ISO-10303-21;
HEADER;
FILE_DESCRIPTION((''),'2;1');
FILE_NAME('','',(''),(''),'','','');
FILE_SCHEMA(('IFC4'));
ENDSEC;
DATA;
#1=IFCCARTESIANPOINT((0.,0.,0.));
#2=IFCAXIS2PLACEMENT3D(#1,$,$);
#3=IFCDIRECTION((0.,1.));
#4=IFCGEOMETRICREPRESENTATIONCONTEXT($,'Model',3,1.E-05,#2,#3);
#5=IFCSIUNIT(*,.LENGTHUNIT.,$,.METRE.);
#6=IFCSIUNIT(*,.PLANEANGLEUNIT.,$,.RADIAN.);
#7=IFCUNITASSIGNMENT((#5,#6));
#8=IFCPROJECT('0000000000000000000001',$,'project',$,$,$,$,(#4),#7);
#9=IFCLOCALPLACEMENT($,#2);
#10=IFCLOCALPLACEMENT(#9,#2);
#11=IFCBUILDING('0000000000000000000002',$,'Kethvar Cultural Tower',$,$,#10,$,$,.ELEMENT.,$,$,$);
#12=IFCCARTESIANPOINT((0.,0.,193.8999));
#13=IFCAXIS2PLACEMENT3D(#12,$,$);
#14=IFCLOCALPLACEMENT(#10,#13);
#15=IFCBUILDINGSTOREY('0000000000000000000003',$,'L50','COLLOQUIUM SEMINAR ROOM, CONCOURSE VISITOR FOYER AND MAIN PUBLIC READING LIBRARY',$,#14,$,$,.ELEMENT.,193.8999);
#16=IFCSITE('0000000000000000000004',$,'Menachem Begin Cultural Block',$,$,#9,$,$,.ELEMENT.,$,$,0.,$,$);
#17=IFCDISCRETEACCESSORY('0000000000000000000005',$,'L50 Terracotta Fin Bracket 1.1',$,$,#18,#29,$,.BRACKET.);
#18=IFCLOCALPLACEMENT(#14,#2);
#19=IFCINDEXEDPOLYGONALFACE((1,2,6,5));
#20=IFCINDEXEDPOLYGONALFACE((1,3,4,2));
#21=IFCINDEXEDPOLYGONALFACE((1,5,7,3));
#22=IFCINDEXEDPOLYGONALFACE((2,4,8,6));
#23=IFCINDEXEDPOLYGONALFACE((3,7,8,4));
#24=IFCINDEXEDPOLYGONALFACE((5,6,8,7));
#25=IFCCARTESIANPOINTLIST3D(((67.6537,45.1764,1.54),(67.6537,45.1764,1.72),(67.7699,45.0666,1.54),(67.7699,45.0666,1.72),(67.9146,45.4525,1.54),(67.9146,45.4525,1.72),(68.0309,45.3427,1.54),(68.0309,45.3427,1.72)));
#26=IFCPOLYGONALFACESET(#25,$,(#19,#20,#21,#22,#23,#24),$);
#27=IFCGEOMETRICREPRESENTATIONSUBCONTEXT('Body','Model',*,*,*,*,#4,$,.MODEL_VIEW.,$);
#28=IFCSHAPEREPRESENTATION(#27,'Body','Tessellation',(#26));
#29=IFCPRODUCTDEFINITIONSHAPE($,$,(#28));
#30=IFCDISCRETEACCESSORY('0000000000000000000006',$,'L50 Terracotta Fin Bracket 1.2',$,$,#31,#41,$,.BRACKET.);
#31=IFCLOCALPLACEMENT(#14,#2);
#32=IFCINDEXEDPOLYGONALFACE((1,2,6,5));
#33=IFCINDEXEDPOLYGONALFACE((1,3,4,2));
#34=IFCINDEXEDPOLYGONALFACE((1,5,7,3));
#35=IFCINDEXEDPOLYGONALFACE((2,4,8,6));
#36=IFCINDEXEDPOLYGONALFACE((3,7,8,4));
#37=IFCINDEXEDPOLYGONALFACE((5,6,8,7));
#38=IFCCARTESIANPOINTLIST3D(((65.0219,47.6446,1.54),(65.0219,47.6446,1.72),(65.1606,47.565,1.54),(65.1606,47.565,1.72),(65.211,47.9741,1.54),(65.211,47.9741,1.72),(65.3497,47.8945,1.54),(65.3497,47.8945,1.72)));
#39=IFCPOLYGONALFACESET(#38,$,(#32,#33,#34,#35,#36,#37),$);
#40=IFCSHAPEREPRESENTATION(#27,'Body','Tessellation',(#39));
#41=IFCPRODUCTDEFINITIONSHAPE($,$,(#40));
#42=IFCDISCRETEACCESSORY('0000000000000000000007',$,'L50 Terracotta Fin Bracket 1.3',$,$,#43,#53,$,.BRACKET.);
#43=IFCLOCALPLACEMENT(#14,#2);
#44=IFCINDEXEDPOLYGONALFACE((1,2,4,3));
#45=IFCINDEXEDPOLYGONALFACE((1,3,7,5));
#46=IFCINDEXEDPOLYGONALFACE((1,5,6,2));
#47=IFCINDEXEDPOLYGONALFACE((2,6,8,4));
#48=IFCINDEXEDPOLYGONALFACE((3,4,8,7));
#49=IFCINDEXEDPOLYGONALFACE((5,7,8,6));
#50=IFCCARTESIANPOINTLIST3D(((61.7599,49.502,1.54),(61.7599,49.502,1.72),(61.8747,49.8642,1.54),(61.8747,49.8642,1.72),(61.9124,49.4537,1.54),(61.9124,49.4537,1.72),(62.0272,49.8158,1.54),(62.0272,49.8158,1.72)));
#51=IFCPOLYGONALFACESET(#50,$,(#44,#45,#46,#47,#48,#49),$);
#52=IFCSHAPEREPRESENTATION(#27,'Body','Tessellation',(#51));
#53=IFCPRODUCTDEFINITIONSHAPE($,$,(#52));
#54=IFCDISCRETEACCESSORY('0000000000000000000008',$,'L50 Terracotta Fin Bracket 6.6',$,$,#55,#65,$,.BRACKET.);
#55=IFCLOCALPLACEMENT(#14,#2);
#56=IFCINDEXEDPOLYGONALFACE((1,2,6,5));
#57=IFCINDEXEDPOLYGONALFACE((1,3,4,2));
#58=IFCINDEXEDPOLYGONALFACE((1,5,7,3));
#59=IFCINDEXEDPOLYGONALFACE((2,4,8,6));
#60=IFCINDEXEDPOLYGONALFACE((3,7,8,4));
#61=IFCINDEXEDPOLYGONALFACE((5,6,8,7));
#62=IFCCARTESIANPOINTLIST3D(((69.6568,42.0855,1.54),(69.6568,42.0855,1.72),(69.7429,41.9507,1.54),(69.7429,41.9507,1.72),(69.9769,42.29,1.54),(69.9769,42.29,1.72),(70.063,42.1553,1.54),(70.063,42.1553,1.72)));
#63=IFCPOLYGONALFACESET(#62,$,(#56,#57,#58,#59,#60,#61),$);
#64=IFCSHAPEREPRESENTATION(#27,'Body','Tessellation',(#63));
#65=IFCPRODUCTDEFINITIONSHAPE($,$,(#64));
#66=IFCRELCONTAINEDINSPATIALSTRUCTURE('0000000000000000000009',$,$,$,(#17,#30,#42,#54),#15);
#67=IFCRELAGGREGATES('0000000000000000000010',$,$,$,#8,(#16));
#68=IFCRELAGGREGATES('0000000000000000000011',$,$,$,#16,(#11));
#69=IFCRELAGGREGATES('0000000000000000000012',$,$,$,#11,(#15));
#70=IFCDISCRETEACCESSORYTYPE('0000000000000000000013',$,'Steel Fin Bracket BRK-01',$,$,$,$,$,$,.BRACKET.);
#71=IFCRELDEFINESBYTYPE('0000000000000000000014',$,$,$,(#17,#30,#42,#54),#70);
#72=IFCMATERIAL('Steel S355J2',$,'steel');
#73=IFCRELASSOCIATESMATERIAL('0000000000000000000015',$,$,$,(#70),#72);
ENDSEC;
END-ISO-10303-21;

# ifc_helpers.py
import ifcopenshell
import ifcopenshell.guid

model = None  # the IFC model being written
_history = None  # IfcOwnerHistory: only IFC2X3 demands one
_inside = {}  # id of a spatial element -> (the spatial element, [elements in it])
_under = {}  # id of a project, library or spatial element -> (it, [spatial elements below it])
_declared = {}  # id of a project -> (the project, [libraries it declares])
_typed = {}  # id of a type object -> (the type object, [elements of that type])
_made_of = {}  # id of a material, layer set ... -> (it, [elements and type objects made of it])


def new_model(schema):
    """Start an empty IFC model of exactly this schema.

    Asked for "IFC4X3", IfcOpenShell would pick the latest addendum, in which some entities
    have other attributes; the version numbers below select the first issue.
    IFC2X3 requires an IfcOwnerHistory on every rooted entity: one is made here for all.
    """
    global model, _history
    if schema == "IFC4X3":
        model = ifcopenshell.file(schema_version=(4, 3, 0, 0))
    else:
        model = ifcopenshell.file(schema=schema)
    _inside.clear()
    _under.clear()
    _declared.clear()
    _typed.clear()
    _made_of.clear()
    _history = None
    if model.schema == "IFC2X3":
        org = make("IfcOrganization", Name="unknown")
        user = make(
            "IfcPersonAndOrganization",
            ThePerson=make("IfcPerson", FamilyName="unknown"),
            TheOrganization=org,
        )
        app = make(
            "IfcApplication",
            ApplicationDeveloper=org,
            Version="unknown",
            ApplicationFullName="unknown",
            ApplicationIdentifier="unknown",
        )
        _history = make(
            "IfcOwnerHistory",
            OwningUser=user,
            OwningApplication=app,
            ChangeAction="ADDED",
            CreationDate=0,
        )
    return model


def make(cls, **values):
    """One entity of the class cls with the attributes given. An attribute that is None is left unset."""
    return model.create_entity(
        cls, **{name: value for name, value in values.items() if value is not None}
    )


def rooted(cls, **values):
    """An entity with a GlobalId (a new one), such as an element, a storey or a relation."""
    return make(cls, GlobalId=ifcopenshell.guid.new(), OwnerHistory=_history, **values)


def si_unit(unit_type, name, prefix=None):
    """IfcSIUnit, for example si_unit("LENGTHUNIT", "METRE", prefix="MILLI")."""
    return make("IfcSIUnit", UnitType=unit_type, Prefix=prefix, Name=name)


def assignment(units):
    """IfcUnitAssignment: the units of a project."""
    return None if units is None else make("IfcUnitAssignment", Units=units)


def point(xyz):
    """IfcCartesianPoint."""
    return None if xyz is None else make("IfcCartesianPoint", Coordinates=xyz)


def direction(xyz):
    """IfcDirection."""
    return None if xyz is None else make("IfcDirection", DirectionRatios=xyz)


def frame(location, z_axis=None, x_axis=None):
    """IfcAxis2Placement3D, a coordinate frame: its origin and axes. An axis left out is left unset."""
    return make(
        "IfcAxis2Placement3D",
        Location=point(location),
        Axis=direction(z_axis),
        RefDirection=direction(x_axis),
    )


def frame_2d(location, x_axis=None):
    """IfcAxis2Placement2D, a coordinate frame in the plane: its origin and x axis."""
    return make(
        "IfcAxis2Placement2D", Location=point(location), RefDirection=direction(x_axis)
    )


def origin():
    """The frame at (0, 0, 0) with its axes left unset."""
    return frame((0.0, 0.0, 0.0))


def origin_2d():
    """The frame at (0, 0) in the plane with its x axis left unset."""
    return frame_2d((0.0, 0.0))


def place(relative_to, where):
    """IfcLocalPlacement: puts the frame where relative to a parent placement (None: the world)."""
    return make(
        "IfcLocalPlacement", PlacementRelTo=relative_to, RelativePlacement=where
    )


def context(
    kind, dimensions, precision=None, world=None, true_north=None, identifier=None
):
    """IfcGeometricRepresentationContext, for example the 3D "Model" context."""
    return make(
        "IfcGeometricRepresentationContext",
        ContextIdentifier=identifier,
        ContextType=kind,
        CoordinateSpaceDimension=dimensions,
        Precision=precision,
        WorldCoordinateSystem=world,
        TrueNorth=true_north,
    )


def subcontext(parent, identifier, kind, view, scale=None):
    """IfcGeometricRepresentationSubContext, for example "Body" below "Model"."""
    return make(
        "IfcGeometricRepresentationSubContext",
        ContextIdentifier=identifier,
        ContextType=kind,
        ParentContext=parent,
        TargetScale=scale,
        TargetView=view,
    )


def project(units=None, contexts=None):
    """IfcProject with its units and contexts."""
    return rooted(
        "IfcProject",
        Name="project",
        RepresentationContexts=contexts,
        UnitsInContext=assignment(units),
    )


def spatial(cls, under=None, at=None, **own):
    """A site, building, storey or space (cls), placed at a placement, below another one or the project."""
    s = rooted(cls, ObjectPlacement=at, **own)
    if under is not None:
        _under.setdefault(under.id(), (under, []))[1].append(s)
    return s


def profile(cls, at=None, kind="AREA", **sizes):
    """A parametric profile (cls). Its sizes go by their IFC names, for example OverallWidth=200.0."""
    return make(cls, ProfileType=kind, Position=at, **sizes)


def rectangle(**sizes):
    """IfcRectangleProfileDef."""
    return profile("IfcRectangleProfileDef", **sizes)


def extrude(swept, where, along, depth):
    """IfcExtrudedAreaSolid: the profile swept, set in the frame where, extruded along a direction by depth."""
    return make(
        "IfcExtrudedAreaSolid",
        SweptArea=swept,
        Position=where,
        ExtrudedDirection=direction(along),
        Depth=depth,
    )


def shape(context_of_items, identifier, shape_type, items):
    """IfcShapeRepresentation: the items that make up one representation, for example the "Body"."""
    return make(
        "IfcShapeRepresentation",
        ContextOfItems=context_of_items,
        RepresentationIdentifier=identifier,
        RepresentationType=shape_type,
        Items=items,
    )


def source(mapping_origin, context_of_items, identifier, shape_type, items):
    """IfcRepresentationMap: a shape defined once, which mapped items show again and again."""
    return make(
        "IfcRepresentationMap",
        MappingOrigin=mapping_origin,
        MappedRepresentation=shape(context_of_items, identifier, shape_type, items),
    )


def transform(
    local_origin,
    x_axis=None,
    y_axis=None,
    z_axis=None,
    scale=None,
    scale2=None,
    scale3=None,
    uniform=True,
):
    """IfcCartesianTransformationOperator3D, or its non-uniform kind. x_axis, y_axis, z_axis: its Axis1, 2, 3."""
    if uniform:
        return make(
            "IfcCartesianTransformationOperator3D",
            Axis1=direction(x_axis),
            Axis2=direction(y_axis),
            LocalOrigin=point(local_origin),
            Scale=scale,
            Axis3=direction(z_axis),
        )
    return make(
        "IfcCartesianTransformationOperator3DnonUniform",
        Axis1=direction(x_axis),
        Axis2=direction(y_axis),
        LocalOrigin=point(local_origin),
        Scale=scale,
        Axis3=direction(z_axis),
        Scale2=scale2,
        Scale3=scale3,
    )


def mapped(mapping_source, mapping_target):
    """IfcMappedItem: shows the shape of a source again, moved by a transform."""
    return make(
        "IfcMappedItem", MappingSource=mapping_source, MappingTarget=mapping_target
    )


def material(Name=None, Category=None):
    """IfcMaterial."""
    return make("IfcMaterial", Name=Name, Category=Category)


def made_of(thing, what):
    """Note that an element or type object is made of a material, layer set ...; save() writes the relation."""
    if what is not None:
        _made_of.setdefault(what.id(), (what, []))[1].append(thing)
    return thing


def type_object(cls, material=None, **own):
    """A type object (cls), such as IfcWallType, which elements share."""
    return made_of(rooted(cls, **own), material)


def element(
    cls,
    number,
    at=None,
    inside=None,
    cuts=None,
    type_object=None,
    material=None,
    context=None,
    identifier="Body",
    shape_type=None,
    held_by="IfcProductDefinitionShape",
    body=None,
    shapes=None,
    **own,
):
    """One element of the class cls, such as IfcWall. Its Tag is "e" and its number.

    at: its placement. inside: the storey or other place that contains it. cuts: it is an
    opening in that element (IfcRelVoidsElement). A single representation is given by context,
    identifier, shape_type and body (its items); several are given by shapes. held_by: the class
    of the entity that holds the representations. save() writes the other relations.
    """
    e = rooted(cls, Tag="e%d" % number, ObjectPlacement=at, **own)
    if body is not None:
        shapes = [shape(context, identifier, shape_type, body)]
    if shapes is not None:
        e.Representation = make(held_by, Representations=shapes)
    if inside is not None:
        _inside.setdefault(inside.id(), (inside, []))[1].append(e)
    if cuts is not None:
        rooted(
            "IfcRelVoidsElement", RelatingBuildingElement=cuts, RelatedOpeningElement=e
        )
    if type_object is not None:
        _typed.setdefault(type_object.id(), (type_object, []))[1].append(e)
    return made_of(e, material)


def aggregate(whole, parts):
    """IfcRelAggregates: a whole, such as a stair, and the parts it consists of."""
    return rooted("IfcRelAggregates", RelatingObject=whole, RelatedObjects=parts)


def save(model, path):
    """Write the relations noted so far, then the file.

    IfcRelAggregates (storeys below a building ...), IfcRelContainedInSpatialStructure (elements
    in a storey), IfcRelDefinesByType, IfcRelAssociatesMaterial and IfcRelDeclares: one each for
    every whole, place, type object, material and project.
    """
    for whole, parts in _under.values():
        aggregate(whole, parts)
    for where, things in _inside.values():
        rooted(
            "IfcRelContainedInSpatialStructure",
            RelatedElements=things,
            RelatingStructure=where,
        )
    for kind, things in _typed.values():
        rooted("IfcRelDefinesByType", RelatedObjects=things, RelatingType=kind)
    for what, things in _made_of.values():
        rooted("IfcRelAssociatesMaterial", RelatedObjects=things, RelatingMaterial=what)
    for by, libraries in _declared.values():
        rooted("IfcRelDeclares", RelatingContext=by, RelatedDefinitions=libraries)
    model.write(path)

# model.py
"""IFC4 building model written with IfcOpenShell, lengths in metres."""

from ifc_helpers import new_model, si_unit, direction, frame, origin, origin_2d, place, context, subcontext, project, spatial, rectangle, extrude, source, transform, mapped, material, type_object, element, save


model = new_model("IFC4")

# Units and contexts
model_context = context("Model", 3, precision=1e-05, world=origin(), true_north=direction((0.0, 1.0)))
body_context = subcontext(model_context, "Body", "Model", "MODEL_VIEW")
ifc_project = project(units=[si_unit("LENGTHUNIT", "METRE"), si_unit("PLANEANGLEUNIT", "RADIAN")], contexts=[model_context])

# Site, building, storey
site_placement = place(None, origin())
site = spatial("IfcSite", under=ifc_project, at=site_placement, Name="Menachem Begin Cultural Block", CompositionType="ELEMENT", RefElevation=0.0)
building_placement = place(site_placement, origin())
building = spatial("IfcBuilding", under=site, at=building_placement, Name="Kethvar Cultural Tower", CompositionType="ELEMENT")
storey_placement = place(building_placement, frame((0.0, 0.0, 193.8999)))
storey = spatial("IfcBuildingStorey", under=building, at=storey_placement, Name="L50", Description="COLLOQUIUM SEMINAR ROOM, CONCOURSE VISITOR FOYER AND MAIN PUBLIC READING LIBRARY", CompositionType="ELEMENT", Elevation=193.8999)

# Shared definitions
ifc_material_1 = material(Name="Steel S355J2", Category="steel")

# Discrete accessories
discrete_accessory_type = type_object("IfcDiscreteAccessoryType", Name="Steel Fin Bracket BRK-01", PredefinedType="BRACKET", material=ifc_material_1)
shared_shape_1 = source(origin(), body_context, "Body", "SweptSolid", [
    extrude(rectangle(XDim=0.3799, YDim=0.1599, at=origin_2d()), origin(), (0.0, 0.0, 1.0), 0.1799),
])
for number, where, z_axis, x_axis, name in (
    (1, (67.8423, 45.2595, 1.54), (0.0, 0.0, 1.0), (0.686834, 0.726814, 0.0), "L50 Terracotta Fin Bracket 1.1"),
    (2, (65.1858, 47.7695, 1.54), (0.0, 0.0, 1.0), (0.497731, 0.867331, 0.0), "L50 Terracotta Fin Bracket 1.2"),
    (3, (61.8936, 49.6589, 1.54), (0.0, 0.0, 1.0), (0.302204, 0.953243, 0.0), "L50 Terracotta Fin Bracket 1.3"),
    (4, (69.8599, 42.1204, 1.54), (0.0, 0.0, 1.0), (0.84264, 0.538477, 0.0), "L50 Terracotta Fin Bracket 6.6"),
):
    element("IfcDiscreteAccessory", number, at=place(storey_placement, frame(where, z_axis=z_axis, x_axis=x_axis)), inside=storey, type_object=discrete_accessory_type, Name=name, PredefinedType="BRACKET", context=body_context, shape_type="MappedRepresentation", body=[
        mapped(shared_shape_1, transform((0.0, 0.0, 0.0), scale=1.0)),
    ])

save(model, "model.ifc")
